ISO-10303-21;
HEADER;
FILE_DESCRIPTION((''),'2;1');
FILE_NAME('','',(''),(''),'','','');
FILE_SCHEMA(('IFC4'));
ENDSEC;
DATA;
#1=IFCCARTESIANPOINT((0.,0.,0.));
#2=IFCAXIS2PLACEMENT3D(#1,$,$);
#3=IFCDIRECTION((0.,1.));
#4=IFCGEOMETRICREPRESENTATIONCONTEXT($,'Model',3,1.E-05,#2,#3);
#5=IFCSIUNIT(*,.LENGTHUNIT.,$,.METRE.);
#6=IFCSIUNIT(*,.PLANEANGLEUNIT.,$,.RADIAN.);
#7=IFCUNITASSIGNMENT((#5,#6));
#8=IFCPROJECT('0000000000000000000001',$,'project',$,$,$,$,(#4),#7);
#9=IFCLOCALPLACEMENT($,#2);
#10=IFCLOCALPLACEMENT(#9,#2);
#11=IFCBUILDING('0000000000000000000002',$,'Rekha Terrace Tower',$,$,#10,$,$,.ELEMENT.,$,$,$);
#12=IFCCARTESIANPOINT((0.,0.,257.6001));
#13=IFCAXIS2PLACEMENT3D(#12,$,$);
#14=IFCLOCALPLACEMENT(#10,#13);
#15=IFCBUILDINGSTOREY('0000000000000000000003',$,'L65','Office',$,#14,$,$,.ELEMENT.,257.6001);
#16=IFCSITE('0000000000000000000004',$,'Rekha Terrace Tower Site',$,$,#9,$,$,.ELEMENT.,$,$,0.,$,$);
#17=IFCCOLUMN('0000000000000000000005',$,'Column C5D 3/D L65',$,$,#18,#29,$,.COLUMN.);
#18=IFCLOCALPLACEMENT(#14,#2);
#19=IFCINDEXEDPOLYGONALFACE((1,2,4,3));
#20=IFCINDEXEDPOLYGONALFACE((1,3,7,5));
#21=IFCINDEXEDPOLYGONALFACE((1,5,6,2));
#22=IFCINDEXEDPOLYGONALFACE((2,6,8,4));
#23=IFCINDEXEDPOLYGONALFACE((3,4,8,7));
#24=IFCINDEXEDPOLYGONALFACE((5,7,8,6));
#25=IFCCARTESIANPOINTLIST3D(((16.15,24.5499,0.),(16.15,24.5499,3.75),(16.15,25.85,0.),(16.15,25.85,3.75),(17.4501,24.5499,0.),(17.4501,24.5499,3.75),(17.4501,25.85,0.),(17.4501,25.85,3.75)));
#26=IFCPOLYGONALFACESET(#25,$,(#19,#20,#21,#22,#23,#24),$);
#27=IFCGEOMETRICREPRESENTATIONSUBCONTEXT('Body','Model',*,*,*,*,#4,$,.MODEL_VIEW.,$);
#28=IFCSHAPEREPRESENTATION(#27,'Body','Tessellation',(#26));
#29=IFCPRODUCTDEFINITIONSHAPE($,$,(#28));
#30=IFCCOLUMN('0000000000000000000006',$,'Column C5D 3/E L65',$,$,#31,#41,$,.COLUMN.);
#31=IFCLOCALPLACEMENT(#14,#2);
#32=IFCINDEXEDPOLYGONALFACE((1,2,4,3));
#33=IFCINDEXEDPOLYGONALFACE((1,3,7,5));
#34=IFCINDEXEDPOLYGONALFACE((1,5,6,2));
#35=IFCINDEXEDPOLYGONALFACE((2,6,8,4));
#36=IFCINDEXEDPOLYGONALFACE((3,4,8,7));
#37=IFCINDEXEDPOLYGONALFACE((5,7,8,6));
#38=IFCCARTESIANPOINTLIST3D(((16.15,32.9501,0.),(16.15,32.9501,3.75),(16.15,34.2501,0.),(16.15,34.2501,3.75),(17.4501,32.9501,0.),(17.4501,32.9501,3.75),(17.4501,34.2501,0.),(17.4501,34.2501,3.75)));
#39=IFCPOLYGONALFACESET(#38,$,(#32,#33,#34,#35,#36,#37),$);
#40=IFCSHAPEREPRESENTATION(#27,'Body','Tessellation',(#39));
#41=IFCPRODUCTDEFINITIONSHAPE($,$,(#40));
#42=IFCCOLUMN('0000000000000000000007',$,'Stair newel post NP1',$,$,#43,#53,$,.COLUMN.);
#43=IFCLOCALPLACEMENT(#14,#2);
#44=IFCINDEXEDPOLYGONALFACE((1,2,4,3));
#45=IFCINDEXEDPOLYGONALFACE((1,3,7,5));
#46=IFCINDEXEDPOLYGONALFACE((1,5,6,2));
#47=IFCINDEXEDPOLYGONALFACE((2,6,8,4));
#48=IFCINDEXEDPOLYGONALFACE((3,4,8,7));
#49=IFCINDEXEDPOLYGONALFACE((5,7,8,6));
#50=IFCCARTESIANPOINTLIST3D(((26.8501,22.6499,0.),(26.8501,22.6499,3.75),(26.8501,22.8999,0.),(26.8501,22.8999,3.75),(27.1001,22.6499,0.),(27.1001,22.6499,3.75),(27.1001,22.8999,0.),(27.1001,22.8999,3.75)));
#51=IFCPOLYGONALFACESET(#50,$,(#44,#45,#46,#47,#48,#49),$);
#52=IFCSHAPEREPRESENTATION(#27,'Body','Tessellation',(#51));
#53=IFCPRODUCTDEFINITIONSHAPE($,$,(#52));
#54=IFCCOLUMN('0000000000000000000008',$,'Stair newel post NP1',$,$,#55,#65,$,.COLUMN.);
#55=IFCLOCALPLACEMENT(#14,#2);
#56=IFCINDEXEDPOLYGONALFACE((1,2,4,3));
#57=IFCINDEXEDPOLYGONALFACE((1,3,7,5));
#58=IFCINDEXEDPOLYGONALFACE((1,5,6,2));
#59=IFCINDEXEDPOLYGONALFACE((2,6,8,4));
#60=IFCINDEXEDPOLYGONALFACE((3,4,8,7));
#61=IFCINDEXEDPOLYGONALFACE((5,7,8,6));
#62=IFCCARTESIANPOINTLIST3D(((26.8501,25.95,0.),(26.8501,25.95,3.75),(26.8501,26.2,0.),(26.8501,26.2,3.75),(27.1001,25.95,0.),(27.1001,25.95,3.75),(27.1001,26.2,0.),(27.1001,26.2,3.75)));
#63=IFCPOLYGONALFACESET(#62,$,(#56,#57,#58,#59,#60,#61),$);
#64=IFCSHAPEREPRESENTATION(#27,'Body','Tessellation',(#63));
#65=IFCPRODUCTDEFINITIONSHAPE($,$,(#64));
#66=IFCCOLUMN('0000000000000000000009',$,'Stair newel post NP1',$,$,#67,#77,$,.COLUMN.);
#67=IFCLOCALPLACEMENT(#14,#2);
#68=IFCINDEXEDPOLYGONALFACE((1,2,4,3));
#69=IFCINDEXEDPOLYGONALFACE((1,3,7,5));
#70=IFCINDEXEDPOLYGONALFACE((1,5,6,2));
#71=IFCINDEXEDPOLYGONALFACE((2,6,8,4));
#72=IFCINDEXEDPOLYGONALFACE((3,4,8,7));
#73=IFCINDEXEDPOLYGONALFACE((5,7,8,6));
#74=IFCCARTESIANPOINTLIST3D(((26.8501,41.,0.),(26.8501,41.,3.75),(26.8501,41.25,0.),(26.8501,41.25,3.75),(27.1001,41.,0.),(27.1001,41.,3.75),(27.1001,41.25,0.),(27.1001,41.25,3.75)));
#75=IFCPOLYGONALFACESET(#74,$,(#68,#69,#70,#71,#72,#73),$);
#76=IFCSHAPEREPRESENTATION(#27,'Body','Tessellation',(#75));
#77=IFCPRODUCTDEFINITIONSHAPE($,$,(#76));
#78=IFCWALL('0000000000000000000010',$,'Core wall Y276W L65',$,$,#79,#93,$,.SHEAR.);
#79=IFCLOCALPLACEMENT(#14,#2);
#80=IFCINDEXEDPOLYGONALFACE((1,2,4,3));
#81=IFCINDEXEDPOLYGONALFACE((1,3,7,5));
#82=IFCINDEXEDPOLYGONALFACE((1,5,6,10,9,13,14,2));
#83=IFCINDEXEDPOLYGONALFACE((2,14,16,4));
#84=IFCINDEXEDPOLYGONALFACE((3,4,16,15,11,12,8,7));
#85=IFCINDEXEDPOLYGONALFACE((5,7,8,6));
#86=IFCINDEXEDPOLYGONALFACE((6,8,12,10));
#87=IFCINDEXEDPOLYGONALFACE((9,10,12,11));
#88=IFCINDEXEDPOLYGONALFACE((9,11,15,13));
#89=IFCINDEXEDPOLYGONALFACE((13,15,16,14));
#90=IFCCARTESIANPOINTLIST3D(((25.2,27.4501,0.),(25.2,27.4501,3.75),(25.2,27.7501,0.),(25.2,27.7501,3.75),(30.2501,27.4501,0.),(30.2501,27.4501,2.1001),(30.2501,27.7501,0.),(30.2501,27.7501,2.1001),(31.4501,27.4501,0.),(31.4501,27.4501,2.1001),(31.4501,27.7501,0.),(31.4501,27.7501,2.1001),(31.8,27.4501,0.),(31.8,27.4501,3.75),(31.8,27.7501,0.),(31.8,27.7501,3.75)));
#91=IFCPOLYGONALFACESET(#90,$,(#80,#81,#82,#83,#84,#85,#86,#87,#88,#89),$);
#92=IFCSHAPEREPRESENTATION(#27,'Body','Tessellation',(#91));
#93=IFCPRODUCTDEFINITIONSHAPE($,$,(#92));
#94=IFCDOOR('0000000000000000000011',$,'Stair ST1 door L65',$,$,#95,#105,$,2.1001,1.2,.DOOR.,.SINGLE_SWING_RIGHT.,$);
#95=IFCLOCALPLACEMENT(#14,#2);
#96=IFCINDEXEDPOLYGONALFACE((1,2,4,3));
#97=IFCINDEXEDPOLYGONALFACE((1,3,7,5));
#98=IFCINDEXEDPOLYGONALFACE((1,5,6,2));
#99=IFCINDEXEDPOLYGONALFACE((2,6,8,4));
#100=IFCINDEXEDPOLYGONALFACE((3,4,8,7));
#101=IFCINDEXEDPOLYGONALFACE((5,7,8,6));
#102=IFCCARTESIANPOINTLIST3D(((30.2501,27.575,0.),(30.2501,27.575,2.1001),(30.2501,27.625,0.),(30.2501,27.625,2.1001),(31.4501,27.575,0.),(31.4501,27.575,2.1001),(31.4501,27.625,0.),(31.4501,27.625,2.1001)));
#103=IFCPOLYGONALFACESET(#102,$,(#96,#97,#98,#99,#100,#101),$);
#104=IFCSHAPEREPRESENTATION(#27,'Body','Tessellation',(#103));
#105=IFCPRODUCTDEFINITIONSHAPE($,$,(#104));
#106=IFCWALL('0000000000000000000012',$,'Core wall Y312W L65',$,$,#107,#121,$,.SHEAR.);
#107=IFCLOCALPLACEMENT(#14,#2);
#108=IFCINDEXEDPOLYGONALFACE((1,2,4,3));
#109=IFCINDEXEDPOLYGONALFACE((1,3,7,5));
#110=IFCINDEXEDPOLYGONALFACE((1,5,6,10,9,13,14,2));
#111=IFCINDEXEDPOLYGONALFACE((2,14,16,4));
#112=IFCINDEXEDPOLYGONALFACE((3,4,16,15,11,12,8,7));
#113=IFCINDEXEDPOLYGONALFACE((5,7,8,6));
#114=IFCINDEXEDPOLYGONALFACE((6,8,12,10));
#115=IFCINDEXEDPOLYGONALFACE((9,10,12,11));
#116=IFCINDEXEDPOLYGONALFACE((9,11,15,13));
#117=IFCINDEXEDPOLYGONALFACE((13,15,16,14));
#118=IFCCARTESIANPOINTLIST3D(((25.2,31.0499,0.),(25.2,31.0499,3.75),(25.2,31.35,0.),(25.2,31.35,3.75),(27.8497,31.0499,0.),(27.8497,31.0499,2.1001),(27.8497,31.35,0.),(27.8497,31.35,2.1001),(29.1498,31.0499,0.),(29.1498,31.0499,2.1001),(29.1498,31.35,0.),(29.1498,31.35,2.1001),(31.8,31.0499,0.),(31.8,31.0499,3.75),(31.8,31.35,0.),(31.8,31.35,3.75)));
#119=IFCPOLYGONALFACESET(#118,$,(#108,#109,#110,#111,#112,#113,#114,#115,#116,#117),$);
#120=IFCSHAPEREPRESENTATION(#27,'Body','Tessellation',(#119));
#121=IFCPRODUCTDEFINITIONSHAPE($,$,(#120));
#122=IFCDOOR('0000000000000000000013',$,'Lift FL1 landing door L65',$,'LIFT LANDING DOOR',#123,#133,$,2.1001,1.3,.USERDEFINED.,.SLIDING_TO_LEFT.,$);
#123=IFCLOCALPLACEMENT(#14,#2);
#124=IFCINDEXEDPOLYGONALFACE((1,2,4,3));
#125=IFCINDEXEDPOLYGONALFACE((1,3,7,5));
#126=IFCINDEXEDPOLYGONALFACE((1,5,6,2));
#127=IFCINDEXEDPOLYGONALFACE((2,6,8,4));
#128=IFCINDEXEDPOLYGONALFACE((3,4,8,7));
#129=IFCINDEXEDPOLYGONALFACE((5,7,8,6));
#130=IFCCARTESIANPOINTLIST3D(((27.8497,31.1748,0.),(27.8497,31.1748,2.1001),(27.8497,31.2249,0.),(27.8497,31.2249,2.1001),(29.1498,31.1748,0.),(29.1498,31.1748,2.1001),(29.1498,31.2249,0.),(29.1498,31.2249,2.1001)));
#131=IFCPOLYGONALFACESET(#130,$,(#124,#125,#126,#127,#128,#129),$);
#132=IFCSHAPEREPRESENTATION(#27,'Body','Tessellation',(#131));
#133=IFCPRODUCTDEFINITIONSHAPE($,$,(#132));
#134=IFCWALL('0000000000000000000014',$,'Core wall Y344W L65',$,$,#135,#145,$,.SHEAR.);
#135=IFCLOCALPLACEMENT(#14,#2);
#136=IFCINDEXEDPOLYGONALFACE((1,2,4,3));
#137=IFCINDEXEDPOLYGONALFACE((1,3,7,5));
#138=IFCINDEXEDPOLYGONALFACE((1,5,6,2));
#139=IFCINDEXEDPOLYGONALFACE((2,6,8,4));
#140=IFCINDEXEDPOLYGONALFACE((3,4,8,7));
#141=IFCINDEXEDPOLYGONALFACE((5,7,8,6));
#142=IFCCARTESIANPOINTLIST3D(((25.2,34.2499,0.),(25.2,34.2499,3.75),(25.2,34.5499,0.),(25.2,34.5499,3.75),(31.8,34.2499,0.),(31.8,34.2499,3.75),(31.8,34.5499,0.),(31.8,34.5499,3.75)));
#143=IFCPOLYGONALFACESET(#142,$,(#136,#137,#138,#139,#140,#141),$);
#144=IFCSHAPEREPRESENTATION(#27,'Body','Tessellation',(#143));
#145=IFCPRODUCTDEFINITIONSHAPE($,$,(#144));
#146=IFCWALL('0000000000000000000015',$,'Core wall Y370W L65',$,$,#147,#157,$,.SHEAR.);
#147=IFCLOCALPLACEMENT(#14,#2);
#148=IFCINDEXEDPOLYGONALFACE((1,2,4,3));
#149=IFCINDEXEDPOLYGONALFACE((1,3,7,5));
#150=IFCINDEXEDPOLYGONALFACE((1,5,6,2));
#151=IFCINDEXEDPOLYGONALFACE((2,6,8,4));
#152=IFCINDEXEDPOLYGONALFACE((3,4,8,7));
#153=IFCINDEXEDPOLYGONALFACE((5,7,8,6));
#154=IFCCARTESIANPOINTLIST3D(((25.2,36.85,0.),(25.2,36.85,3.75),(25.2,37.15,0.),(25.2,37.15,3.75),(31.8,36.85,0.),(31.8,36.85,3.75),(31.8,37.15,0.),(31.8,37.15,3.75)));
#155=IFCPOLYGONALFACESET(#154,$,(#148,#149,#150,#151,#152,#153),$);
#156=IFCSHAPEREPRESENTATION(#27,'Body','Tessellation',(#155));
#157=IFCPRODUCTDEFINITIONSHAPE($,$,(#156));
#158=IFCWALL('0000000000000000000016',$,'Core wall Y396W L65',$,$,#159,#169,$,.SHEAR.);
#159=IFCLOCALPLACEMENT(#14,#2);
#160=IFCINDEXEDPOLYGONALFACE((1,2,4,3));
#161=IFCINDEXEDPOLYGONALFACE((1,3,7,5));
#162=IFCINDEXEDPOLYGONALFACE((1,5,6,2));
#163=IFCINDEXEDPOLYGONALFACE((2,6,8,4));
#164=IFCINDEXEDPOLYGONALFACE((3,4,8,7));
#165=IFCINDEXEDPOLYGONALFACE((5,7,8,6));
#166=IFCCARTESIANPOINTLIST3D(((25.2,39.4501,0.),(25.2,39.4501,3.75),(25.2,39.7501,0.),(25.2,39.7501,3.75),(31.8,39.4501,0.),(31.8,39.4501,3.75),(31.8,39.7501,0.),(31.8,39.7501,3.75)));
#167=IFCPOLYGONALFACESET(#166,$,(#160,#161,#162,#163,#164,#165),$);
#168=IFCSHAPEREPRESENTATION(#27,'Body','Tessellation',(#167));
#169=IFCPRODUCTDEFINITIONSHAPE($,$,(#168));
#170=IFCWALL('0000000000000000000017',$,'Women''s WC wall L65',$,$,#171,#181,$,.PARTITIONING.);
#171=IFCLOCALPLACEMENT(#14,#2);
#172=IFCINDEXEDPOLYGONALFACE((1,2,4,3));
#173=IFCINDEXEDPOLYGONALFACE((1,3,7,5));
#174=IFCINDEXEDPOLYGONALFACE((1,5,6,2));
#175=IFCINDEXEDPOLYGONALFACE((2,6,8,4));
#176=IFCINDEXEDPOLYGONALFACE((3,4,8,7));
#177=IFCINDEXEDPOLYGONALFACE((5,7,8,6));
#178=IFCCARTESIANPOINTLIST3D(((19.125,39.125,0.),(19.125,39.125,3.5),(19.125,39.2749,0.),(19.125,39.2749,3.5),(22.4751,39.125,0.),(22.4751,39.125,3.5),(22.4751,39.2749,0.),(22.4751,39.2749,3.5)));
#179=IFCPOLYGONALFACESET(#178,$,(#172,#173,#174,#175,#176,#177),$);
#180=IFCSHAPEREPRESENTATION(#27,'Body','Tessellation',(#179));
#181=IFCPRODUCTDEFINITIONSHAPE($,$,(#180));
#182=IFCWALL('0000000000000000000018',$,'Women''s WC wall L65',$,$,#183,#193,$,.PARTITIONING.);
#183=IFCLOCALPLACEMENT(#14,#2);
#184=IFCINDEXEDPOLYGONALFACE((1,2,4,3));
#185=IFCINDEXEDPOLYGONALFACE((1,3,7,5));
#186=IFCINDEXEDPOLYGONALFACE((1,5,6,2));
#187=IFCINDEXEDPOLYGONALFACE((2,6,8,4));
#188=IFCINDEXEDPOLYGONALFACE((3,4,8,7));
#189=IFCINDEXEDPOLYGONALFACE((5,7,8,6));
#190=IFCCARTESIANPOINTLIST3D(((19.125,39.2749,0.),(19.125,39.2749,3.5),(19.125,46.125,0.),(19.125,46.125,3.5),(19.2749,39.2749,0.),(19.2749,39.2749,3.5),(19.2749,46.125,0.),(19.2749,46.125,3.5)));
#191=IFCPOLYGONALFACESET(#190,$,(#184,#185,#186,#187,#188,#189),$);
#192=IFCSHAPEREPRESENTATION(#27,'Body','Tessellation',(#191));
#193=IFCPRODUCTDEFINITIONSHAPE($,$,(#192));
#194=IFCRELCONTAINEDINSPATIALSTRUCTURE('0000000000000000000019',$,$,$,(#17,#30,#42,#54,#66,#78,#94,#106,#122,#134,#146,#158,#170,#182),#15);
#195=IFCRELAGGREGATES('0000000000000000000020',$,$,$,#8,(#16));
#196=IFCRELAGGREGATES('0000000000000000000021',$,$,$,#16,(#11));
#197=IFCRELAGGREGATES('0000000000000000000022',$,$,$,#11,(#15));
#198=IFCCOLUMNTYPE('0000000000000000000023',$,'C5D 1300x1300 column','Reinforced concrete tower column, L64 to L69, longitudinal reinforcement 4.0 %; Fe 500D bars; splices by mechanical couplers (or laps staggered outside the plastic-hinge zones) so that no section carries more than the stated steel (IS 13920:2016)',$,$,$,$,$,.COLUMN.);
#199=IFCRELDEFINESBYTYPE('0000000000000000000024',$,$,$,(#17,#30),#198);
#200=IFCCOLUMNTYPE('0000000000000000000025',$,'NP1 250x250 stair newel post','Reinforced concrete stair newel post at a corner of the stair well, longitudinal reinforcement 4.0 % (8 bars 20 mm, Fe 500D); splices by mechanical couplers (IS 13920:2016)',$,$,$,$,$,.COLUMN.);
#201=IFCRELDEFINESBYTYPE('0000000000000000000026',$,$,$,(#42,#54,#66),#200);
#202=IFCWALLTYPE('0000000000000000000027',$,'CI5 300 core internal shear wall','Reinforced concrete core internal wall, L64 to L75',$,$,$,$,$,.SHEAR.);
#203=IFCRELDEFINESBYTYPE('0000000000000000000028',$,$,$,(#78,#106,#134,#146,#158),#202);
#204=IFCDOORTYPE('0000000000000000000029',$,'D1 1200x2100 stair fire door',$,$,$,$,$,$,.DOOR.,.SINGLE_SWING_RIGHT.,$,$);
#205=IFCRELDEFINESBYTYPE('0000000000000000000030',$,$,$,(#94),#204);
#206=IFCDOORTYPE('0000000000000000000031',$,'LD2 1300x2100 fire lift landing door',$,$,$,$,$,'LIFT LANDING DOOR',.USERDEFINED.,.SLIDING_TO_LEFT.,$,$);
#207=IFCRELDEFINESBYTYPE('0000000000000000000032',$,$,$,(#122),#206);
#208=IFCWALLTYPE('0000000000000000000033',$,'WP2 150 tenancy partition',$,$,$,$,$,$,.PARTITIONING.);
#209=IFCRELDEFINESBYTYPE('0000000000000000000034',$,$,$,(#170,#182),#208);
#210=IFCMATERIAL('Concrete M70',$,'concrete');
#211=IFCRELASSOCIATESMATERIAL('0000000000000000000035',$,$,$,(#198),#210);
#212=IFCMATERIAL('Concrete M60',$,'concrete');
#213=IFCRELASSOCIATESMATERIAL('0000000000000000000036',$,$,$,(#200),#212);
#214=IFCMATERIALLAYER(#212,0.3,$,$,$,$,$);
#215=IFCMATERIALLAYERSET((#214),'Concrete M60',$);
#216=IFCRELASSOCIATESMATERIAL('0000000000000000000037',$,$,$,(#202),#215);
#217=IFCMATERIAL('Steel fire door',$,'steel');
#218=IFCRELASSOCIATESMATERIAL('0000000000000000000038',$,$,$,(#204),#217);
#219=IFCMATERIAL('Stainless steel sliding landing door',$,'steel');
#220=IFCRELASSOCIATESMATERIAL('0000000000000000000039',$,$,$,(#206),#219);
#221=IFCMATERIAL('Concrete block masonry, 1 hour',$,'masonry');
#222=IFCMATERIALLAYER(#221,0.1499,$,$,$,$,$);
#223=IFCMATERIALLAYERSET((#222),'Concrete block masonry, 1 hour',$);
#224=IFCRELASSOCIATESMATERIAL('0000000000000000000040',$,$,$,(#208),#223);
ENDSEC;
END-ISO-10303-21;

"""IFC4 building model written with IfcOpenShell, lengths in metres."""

from ifc_helpers import new_model, si_unit, direction, frame, frame_2d, origin, origin_2d, place, context, subcontext, project, spatial, rectangle, extrude, material, layer, layer_set, material_profile, profile_set, type_object, element, fill, save


model = new_model("IFC4")

# Units and contexts
model_context = context("Model", 3, precision=1e-05, world=origin(), true_north=direction((0.0, 1.0)))
body_context = subcontext(model_context, "Body", "Model", "MODEL_VIEW")
ifc_project = project(units=[si_unit("LENGTHUNIT", "METRE"), si_unit("PLANEANGLEUNIT", "RADIAN")], contexts=[model_context])

# Site, building, storey
site_placement = place(None, origin())
site = spatial("IfcSite", under=ifc_project, at=site_placement, Name="Rekha Terrace Tower Site", CompositionType="ELEMENT", RefElevation=0.0)
building_placement = place(site_placement, origin())
building = spatial("IfcBuilding", under=site, at=building_placement, Name="Rekha Terrace Tower", CompositionType="ELEMENT")
storey_placement = place(building_placement, frame((0.0, 0.0, 257.6001)))
storey = spatial("IfcBuildingStorey", under=building, at=storey_placement, Name="L65", Description="Office", CompositionType="ELEMENT", Elevation=257.6001)

# Columns
ifc_material_1 = material(Name="Concrete M70", Category="concrete")
ifc_material_profile_1 = material_profile(ifc_material_1, rectangle(XDim=1.3, YDim=1.3, at=origin_2d()), Name="RC 1300x1300")
ifc_profile_set_1 = profile_set([ifc_material_profile_1], Name="Concrete M70")
column_type_1 = type_object("IfcColumnType", Name="C5D 1300x1300 column", Description="Reinforced concrete tower column, L64 to L69, longitudinal reinforcement 4.0 %; Fe 500D bars; splices by mechanical couplers (or laps staggered outside the plastic-hinge zones) so that no section carries more than the stated steel (IS 13920:2016)", PredefinedType="COLUMN", material=ifc_profile_set_1)
for number, where, z_axis, x_axis, name in (
    (1, (16.8, 25.2, 0.0), (0.0, 0.0, 1.0), (1.0, 0.0, 0.0), "Column C5D 3/D L65"),
    (2, (16.8, 33.6001, 0.0), (0.0, 0.0, 1.0), (1.0, 0.0, 0.0), "Column C5D 3/E L65"),
):
    element("IfcColumn", number, at=place(storey_placement, frame(where, z_axis=z_axis, x_axis=x_axis)), inside=storey, type_object=column_type_1, Name=name, PredefinedType="COLUMN", context=body_context, shape_type="SweptSolid", body=[
        extrude(rectangle(XDim=1.3, YDim=1.3, at=origin_2d()), origin(), (0.0, 0.0, 1.0), 3.75),
    ])
ifc_material_2 = material(Name="Concrete M60", Category="concrete")
ifc_material_profile_2 = material_profile(ifc_material_2, rectangle(XDim=0.25, YDim=0.25, at=origin_2d()), Name="RC 250x250")
ifc_profile_set_2 = profile_set([ifc_material_profile_2], Name="Concrete M60")
column_type_2 = type_object("IfcColumnType", Name="NP1 250x250 stair newel post", Description="Reinforced concrete stair newel post at a corner of the stair well, longitudinal reinforcement 4.0 % (8 bars 20 mm, Fe 500D); splices by mechanical couplers (IS 13920:2016)", PredefinedType="COLUMN", material=ifc_profile_set_2)
for number, where, z_axis, x_axis, name in (
    (3, (26.9751, 22.7749, 0.0), (0.0, 0.0, 1.0), (1.0, 0.0, 0.0), "Stair newel post NP1"),
    (4, (26.9751, 26.075, 0.0), (0.0, 0.0, 1.0), (1.0, 0.0, 0.0), "Stair newel post NP1"),
    (5, (26.9751, 41.125, 0.0), (0.0, 0.0, 1.0), (1.0, 0.0, 0.0), "Stair newel post NP1"),
):
    element("IfcColumn", number, at=place(storey_placement, frame(where, z_axis=z_axis, x_axis=x_axis)), inside=storey, type_object=column_type_2, Name=name, PredefinedType="COLUMN", context=body_context, shape_type="SweptSolid", body=[
        extrude(rectangle(XDim=0.25, YDim=0.25, at=origin_2d()), origin(), (0.0, 0.0, 1.0), 3.75),
    ])

# Walls, openings, doors
ifc_layer_1 = layer(ifc_material_2, 0.3)
ifc_layer_set_1 = layer_set([ifc_layer_1], Name="Concrete M60")
wall_type_1 = type_object("IfcWallType", Name="CI5 300 core internal shear wall", Description="Reinforced concrete core internal wall, L64 to L75", PredefinedType="SHEAR", material=ifc_layer_set_1)
wall_1_placement = place(storey_placement, frame((25.2, 27.6001, 0.0), z_axis=(0.0, 0.0, 1.0), x_axis=(1.0, 0.0, 0.0)))
wall_1 = element("IfcWall", 6, at=wall_1_placement, inside=storey, type_object=wall_type_1, Name="Core wall Y276W L65", PredefinedType="SHEAR", context=body_context, shape_type="SweptSolid", body=[
    extrude(rectangle(XDim=6.6001, YDim=0.3, at=frame_2d((3.3, 0.0))), origin(), (0.0, 0.0, 1.0), 3.75),
])
opening_1_placement = place(wall_1_placement, frame((5.05, 0.0, 0.0)))
opening_1 = element("IfcOpeningElement", 7, at=opening_1_placement, cuts=wall_1, PredefinedType="OPENING", context=body_context, shape_type="SweptSolid", body=[
    extrude(rectangle(XDim=1.2, YDim=2.1001, at=frame_2d((0.6001, 1.05))), frame((0.0, 0.1599, 0.0), z_axis=(0.0, -1.0, 0.0), x_axis=(1.0, 0.0, 0.0)), (0.0, 0.0, 1.0), 0.3201),
])
ifc_material_3 = material(Name="Steel fire door", Category="steel")
door_type_1 = type_object("IfcDoorType", Name="D1 1200x2100 stair fire door", OperationType="SINGLE_SWING_RIGHT", PredefinedType="DOOR", material=ifc_material_3)
door_1_placement = place(opening_1_placement, origin())
door_1 = element("IfcDoor", 8, at=door_1_placement, inside=storey, type_object=door_type_1, Name="Stair ST1 door L65", OperationType="SINGLE_SWING_RIGHT", OverallHeight=2.1001, OverallWidth=1.2, PredefinedType="DOOR", context=body_context, shape_type="SweptSolid", body=[
    extrude(rectangle(XDim=1.2, YDim=2.1001, at=frame_2d((0.6001, 1.05))), frame((0.0, 0.0249, 0.0), z_axis=(0.0, -1.0, 0.0), x_axis=(1.0, 0.0, 0.0)), (0.0, 0.0, 1.0), 0.05),
])
fill(opening_1, door_1)
wall_2_placement = place(storey_placement, frame((25.2, 31.2, 0.0), z_axis=(0.0, 0.0, 1.0), x_axis=(1.0, 0.0, 0.0)))
wall_2 = element("IfcWall", 9, at=wall_2_placement, inside=storey, type_object=wall_type_1, Name="Core wall Y312W L65", PredefinedType="SHEAR", context=body_context, shape_type="SweptSolid", body=[
    extrude(rectangle(XDim=6.6001, YDim=0.3, at=frame_2d((3.3, 0.0))), origin(), (0.0, 0.0, 1.0), 3.75),
])
opening_2_placement = place(wall_2_placement, frame((2.6499, 0.0, 0.0)))
opening_2 = element("IfcOpeningElement", 10, at=opening_2_placement, cuts=wall_2, PredefinedType="OPENING", context=body_context, shape_type="SweptSolid", body=[
    extrude(rectangle(XDim=1.3, YDim=2.1001, at=frame_2d((0.6499, 1.05))), frame((0.0, 0.1599, 0.0), z_axis=(0.0, -1.0, 0.0), x_axis=(1.0, 0.0, 0.0)), (0.0, 0.0, 1.0), 0.3201),
])
ifc_material_4 = material(Name="Stainless steel sliding landing door", Category="steel")
door_type_2 = type_object("IfcDoorType", Name="LD2 1300x2100 fire lift landing door", ElementType="LIFT LANDING DOOR", OperationType="SLIDING_TO_LEFT", PredefinedType="USERDEFINED", material=ifc_material_4)
door_2_placement = place(opening_2_placement, origin())
door_2 = element("IfcDoor", 11, at=door_2_placement, inside=storey, type_object=door_type_2, Name="Lift FL1 landing door L65", ObjectType="LIFT LANDING DOOR", OperationType="SLIDING_TO_LEFT", OverallHeight=2.1001, OverallWidth=1.3, PredefinedType="USERDEFINED", context=body_context, shape_type="SweptSolid", body=[
    extrude(rectangle(XDim=1.3, YDim=2.1001, at=frame_2d((0.6499, 1.05))), frame((0.0, 0.0249, 0.0), z_axis=(0.0, -1.0, 0.0), x_axis=(1.0, 0.0, 0.0)), (0.0, 0.0, 1.0), 0.05),
])
fill(opening_2, door_2)

# Walls
for number, where, z_axis, x_axis, name in (
    (12, (25.2, 34.3999, 0.0), (0.0, 0.0, 1.0), (1.0, 0.0, 0.0), "Core wall Y344W L65"),
    (13, (25.2, 37.0, 0.0), (0.0, 0.0, 1.0), (1.0, 0.0, 0.0), "Core wall Y370W L65"),
    (14, (25.2, 39.6001, 0.0), (0.0, 0.0, 1.0), (1.0, 0.0, 0.0), "Core wall Y396W L65"),
):
    element("IfcWall", number, at=place(storey_placement, frame(where, z_axis=z_axis, x_axis=x_axis)), inside=storey, type_object=wall_type_1, Name=name, PredefinedType="SHEAR", context=body_context, shape_type="SweptSolid", body=[
        extrude(rectangle(XDim=6.6001, YDim=0.3, at=frame_2d((3.3, 0.0))), origin(), (0.0, 0.0, 1.0), 3.75),
    ])
ifc_material_5 = material(Name="Concrete block masonry, 1 hour", Category="masonry")
ifc_layer_2 = layer(ifc_material_5, 0.1499)
ifc_layer_set_2 = layer_set([ifc_layer_2], Name="Concrete block masonry, 1 hour")
wall_type_2 = type_object("IfcWallType", Name="WP2 150 tenancy partition", PredefinedType="PARTITIONING", material=ifc_layer_set_2)
wall_3_placement = place(storey_placement, frame((19.125, 39.2, 0.0), z_axis=(0.0, 0.0, 1.0), x_axis=(1.0, 0.0, 0.0)))
element("IfcWall", 15, at=wall_3_placement, inside=storey, type_object=wall_type_2, Name="Women's WC wall L65", PredefinedType="PARTITIONING", context=body_context, shape_type="SweptSolid", body=[
    extrude(rectangle(XDim=3.3501, YDim=0.1499, at=frame_2d((1.675, 0.0))), origin(), (0.0, 0.0, 1.0), 3.5),
])
wall_4_placement = place(storey_placement, frame((19.2, 39.2749, 0.0), z_axis=(0.0, 0.0, 1.0), x_axis=(0.0, 1.0, 0.0)))
element("IfcWall", 16, at=wall_4_placement, inside=storey, type_object=wall_type_2, Name="Women's WC wall L65", PredefinedType="PARTITIONING", context=body_context, shape_type="SweptSolid", body=[
    extrude(rectangle(XDim=6.8501, YDim=0.1499, at=frame_2d((3.425, 0.0))), origin(), (0.0, 0.0, 1.0), 3.5),
])

save(model, "model.ifc")
